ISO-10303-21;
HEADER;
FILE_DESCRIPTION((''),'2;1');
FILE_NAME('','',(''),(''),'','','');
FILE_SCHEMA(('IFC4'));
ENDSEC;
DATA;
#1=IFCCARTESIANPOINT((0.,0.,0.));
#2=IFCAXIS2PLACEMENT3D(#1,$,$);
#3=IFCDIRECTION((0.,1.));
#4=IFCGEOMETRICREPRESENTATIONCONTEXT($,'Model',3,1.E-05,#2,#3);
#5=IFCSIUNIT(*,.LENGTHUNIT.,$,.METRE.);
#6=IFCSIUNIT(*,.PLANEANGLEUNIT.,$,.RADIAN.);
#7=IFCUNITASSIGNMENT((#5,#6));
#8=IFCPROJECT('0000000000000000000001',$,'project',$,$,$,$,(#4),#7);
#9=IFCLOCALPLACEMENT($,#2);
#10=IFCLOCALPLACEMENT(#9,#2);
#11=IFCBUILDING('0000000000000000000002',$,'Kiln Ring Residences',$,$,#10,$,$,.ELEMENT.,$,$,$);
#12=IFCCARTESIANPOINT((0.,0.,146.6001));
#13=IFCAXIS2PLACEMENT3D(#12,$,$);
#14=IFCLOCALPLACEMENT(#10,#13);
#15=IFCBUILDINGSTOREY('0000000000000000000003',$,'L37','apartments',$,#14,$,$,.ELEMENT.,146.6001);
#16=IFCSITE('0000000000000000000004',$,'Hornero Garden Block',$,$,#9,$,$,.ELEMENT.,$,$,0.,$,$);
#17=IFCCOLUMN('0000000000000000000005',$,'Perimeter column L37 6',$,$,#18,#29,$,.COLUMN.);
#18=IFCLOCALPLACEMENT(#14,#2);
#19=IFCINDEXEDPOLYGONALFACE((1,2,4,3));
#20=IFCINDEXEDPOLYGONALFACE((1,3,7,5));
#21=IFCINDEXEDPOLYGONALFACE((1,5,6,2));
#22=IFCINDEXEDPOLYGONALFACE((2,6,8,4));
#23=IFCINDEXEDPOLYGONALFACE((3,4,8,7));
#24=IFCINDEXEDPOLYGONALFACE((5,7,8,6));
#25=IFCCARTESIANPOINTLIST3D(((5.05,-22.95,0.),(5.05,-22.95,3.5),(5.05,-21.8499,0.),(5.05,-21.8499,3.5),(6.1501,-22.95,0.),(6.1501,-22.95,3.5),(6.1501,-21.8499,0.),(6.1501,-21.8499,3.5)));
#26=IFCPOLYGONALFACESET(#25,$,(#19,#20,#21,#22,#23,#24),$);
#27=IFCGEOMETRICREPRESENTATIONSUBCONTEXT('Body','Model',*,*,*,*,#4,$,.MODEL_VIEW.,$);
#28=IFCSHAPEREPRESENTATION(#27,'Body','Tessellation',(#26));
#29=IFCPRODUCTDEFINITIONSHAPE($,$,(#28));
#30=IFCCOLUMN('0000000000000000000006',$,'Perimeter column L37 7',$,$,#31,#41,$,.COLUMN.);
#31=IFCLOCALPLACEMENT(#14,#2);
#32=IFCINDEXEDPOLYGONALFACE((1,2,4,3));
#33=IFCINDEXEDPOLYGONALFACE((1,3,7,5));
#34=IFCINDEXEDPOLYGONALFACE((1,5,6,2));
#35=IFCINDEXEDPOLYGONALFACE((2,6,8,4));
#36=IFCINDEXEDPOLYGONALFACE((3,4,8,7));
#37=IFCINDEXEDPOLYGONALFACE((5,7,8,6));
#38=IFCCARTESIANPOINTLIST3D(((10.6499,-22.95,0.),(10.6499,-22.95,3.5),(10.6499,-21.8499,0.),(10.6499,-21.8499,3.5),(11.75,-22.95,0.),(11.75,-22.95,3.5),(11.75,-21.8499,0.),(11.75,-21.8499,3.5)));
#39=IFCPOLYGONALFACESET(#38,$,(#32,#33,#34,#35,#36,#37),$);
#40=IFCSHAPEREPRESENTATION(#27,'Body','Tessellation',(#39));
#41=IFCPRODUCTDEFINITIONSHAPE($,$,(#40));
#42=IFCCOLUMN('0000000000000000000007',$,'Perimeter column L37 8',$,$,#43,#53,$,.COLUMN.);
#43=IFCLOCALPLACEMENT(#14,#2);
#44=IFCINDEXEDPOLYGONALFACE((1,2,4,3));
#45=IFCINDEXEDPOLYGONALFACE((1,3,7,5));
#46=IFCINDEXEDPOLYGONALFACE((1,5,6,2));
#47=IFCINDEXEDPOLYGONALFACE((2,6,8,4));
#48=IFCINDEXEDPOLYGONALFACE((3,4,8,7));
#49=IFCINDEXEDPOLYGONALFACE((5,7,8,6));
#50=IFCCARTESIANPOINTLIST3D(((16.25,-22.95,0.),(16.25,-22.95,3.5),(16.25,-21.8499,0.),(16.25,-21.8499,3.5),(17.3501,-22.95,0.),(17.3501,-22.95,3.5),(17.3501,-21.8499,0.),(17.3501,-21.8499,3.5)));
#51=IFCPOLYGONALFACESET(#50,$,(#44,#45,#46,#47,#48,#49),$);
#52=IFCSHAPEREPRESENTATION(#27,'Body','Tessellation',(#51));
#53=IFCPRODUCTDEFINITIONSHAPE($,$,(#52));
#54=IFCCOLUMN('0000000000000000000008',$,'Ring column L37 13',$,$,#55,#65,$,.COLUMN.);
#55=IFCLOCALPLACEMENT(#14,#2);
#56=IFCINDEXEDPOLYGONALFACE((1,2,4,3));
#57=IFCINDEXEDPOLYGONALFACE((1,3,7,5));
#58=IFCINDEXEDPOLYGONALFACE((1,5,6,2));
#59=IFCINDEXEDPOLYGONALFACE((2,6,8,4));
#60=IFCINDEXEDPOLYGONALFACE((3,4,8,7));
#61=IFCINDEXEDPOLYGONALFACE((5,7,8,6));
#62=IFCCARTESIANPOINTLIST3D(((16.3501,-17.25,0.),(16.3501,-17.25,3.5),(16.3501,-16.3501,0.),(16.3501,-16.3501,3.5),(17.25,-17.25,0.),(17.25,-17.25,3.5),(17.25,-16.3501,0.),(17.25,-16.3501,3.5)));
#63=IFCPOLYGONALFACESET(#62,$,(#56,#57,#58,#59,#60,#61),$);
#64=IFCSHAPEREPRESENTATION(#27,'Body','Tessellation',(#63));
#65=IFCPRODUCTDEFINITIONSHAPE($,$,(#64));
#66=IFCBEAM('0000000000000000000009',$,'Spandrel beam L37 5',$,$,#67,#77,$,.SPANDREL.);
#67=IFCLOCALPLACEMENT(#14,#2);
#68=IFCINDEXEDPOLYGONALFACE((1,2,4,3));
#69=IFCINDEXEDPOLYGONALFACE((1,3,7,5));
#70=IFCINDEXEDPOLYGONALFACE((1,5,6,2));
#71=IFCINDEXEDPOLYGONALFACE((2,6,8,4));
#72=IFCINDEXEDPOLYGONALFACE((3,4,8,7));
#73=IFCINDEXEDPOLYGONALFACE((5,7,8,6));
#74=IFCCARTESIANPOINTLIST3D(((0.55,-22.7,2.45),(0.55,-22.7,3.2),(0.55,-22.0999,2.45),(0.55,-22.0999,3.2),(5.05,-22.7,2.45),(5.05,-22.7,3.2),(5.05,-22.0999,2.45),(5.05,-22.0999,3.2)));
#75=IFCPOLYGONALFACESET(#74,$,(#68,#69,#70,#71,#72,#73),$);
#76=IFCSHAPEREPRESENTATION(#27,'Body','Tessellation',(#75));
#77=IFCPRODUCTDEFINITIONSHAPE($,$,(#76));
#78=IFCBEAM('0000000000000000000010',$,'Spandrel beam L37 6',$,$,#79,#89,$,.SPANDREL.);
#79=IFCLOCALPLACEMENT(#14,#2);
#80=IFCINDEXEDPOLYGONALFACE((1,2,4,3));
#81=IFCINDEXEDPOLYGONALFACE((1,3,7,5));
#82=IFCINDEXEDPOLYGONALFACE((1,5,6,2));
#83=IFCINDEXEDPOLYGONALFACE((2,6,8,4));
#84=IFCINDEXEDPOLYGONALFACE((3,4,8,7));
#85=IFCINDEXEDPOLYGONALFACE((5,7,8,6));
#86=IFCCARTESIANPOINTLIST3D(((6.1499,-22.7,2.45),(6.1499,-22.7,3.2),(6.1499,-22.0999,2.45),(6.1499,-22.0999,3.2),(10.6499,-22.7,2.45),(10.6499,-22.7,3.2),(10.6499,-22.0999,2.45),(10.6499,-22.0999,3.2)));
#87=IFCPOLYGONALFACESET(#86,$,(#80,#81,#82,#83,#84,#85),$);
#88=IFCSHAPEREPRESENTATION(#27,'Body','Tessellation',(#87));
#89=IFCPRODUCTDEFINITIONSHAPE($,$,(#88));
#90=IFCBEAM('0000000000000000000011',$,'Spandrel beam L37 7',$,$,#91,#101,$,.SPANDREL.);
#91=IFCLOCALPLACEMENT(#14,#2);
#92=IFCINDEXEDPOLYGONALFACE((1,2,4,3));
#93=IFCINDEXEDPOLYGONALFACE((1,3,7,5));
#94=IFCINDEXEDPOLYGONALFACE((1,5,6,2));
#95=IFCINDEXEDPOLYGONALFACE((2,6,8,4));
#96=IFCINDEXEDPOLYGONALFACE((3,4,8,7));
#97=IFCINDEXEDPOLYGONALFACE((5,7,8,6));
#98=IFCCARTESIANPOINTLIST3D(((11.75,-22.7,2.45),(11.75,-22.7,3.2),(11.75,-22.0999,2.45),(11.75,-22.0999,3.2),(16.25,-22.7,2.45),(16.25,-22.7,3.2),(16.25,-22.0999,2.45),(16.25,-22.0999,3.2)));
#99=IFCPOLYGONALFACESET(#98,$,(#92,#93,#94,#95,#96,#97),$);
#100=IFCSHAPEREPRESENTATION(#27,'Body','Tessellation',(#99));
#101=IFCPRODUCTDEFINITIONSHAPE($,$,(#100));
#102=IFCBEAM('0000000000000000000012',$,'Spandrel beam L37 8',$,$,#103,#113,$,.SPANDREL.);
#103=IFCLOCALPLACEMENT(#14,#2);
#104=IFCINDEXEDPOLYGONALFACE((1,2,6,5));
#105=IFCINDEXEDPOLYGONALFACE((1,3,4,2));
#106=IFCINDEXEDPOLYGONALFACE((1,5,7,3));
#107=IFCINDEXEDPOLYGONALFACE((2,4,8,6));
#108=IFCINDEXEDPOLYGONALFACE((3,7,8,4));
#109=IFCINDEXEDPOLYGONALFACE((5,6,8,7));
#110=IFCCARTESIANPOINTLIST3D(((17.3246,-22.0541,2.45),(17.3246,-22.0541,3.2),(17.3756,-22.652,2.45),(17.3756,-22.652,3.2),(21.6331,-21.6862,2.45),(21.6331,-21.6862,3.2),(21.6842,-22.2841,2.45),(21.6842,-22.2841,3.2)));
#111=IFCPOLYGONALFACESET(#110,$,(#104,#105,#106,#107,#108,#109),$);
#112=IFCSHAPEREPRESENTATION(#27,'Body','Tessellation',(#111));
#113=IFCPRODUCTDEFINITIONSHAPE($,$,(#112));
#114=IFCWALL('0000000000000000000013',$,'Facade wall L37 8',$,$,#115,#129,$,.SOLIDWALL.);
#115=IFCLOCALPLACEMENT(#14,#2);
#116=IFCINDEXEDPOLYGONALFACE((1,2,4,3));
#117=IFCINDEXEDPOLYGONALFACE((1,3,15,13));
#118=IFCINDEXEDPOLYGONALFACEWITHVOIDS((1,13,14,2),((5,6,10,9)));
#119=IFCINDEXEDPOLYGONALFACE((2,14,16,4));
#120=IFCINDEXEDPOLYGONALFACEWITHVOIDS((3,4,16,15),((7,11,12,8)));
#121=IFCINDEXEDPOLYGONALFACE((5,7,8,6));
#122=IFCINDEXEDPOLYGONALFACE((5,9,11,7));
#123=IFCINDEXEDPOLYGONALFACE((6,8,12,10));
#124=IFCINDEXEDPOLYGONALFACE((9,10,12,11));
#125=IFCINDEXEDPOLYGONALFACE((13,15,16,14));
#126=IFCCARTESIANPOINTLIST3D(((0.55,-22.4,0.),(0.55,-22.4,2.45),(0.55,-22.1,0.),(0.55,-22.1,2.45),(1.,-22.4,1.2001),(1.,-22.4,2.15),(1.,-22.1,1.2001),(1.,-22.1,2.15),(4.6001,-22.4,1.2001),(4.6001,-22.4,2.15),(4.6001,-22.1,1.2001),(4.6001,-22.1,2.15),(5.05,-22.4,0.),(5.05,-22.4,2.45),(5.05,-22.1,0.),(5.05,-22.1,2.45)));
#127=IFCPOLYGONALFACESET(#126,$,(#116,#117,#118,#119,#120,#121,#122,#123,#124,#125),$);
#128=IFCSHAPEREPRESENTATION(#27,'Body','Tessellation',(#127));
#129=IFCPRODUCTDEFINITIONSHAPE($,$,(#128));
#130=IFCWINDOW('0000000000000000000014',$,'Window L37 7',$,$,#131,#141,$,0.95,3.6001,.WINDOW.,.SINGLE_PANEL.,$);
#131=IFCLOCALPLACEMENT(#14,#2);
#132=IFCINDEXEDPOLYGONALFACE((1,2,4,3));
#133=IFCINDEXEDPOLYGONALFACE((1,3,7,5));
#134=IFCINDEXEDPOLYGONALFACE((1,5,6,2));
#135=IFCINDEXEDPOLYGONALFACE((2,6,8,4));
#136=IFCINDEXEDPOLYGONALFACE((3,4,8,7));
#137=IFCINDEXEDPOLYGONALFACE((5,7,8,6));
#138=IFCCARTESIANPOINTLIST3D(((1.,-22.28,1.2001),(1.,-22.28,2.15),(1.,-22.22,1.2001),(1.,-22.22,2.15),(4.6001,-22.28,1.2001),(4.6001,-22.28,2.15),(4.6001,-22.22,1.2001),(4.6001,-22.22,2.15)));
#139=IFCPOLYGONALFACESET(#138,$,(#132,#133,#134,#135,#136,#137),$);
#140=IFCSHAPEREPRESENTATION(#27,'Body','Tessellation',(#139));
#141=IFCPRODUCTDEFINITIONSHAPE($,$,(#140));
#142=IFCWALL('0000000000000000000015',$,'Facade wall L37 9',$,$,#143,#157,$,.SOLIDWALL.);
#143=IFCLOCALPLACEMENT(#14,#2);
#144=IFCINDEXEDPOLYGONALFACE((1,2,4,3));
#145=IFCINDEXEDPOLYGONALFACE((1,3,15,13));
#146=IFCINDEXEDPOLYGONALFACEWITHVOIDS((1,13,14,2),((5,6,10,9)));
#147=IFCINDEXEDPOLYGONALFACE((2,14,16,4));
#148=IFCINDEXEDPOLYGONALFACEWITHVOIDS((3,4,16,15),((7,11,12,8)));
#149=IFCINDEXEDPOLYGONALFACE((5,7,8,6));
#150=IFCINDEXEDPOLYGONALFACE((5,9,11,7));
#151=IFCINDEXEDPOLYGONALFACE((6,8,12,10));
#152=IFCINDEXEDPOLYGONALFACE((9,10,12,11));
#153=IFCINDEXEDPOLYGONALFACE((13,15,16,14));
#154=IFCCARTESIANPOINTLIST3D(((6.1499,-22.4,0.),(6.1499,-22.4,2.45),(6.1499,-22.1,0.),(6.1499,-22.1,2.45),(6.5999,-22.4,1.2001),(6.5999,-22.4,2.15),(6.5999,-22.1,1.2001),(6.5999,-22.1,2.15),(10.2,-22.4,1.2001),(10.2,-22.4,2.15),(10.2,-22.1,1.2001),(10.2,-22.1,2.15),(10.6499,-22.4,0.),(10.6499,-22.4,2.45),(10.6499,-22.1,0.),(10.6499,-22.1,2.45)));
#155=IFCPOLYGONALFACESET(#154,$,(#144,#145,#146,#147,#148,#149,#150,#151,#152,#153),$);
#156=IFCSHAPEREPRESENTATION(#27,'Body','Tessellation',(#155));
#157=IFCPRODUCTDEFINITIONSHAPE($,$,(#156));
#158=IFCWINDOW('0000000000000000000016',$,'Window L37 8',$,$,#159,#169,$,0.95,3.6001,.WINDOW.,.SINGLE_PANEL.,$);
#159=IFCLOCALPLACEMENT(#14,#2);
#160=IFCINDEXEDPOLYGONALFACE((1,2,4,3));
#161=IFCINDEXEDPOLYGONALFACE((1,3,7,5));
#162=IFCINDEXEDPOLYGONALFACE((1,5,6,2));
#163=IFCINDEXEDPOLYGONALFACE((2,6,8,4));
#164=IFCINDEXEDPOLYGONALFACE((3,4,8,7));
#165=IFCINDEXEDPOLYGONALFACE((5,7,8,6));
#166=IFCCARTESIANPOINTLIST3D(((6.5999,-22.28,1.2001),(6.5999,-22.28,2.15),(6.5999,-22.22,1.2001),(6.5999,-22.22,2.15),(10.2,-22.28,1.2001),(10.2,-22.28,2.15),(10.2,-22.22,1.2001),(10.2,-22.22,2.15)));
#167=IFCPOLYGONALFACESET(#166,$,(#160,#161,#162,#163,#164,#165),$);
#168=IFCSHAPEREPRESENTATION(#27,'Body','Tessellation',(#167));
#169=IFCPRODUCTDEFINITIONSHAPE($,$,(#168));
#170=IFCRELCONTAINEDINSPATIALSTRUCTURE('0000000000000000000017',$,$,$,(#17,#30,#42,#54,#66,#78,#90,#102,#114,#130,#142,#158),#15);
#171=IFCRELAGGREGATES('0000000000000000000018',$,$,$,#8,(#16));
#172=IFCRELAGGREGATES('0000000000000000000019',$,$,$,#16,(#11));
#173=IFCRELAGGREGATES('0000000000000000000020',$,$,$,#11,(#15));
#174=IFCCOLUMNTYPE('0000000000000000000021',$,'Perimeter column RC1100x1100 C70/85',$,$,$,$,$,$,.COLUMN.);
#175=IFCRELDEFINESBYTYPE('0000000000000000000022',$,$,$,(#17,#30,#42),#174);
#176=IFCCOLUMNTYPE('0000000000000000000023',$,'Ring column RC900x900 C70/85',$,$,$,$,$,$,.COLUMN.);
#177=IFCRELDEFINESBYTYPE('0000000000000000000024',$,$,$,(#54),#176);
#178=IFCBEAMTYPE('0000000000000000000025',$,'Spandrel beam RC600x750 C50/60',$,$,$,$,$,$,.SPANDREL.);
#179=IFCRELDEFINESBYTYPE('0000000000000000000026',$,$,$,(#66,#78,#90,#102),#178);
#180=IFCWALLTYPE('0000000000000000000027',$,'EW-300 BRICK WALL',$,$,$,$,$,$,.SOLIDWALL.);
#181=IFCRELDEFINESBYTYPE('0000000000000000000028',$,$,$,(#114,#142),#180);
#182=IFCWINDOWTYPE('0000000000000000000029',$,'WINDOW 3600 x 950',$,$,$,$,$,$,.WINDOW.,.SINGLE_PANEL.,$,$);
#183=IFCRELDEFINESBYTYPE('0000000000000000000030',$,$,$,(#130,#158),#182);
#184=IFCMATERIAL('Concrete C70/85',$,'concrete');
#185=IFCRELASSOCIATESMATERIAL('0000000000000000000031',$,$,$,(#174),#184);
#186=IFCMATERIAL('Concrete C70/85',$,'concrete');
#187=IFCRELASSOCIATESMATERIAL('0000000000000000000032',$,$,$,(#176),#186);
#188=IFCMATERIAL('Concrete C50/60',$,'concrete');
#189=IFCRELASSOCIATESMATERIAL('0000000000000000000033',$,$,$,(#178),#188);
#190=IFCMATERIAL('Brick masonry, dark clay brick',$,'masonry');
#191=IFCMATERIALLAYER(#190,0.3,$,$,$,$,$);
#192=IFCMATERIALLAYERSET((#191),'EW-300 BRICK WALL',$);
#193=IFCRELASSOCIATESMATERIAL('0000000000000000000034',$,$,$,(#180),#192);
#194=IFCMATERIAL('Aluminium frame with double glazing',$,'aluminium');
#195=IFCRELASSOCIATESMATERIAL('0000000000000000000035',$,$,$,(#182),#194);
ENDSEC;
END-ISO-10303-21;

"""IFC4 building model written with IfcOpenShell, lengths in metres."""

from ifc_helpers import new_model, si_unit, direction, frame, frame_2d, origin, origin_2d, place, context, subcontext, project, spatial, rectangle, extrude, material, layer, layer_set, material_profile, profile_set, type_object, element, fill, save


model = new_model("IFC4")

# Units and contexts
model_context = context("Model", 3, precision=1e-05, world=origin(), true_north=direction((0.0, 1.0)))
body_context = subcontext(model_context, "Body", "Model", "MODEL_VIEW")
ifc_project = project(units=[si_unit("LENGTHUNIT", "METRE"), si_unit("PLANEANGLEUNIT", "RADIAN")], contexts=[model_context])

# Site, building, storey
site_placement = place(None, origin())
site = spatial("IfcSite", under=ifc_project, at=site_placement, Name="Hornero Garden Block", CompositionType="ELEMENT", RefElevation=0.0)
building_placement = place(site_placement, origin())
building = spatial("IfcBuilding", under=site, at=building_placement, Name="Kiln Ring Residences", CompositionType="ELEMENT")
storey_placement = place(building_placement, frame((0.0, 0.0, 146.6001)))
storey = spatial("IfcBuildingStorey", under=building, at=storey_placement, Name="L37", Description="apartments", CompositionType="ELEMENT", Elevation=146.6001)

# Columns
ifc_material_1 = material(Name="Concrete C70/85", Category="concrete")
ifc_material_profile_1 = material_profile(ifc_material_1, rectangle(XDim=1.1001, YDim=1.1001, at=origin_2d()), Name="RC1100x1100")
ifc_profile_set_1 = profile_set([ifc_material_profile_1], Name="Concrete C70/85")
column_type_1 = type_object("IfcColumnType", Name="Perimeter column RC1100x1100 C70/85", PredefinedType="COLUMN", material=ifc_profile_set_1)
for number, where, z_axis, x_axis, name in (
    (1, (5.6001, -22.3999, 0.0), (0.0, 0.0, 1.0), (1.0, 0.0, 0.0), "Perimeter column L37 6"),
    (2, (11.2, -22.3999, 0.0), (0.0, 0.0, 1.0), (1.0, 0.0, 0.0), "Perimeter column L37 7"),
    (3, (16.8, -22.3999, 0.0), (0.0, 0.0, 1.0), (1.0, 0.0, 0.0), "Perimeter column L37 8"),
):
    element("IfcColumn", number, at=place(storey_placement, frame(where, z_axis=z_axis, x_axis=x_axis)), inside=storey, type_object=column_type_1, Name=name, PredefinedType="COLUMN", context=body_context, shape_type="SweptSolid", body=[
        extrude(rectangle(XDim=1.1001, YDim=1.1001, at=origin_2d()), origin(), (0.0, 0.0, 1.0), 3.5),
    ])
ifc_material_2 = material(Name="Concrete C70/85", Category="concrete")
ifc_material_profile_2 = material_profile(ifc_material_2, rectangle(XDim=0.8999, YDim=0.8999, at=origin_2d()), Name="RC900x900")
ifc_profile_set_2 = profile_set([ifc_material_profile_2], Name="Concrete C70/85")
column_type_2 = type_object("IfcColumnType", Name="Ring column RC900x900 C70/85", PredefinedType="COLUMN", material=ifc_profile_set_2)
column_placement = place(storey_placement, frame((16.8, -16.8, 0.0), z_axis=(0.0, 0.0, 1.0), x_axis=(1.0, 0.0, 0.0)))
element("IfcColumn", 4, at=column_placement, inside=storey, type_object=column_type_2, Name="Ring column L37 13", PredefinedType="COLUMN", context=body_context, shape_type="SweptSolid", body=[
    extrude(rectangle(XDim=0.8999, YDim=0.8999, at=origin_2d()), origin(), (0.0, 0.0, 1.0), 3.5),
])

# Beams
ifc_material_3 = material(Name="Concrete C50/60", Category="concrete")
ifc_material_profile_3 = material_profile(ifc_material_3, rectangle(XDim=0.6001, YDim=0.75, at=origin_2d()), Name="RC600x750")
ifc_profile_set_3 = profile_set([ifc_material_profile_3], Name="Concrete C50/60")
beam_type = type_object("IfcBeamType", Name="Spandrel beam RC600x750 C50/60", PredefinedType="SPANDREL", material=ifc_profile_set_3)
for number, where, z_axis, x_axis, name in (
    (5, (0.55, -22.3999, 2.825), (1.0, 0.0, 0.0), (0.0, 1.0, 0.0), "Spandrel beam L37 5"),
    (6, (6.1499, -22.3999, 2.825), (1.0, 0.0, 0.0), (0.0, 1.0, 0.0), "Spandrel beam L37 6"),
    (7, (11.75, -22.3999, 2.825), (1.0, 0.0, 0.0), (0.0, 1.0, 0.0), "Spandrel beam L37 7"),
):
    element("IfcBeam", number, at=place(storey_placement, frame(where, z_axis=z_axis, x_axis=x_axis)), inside=storey, type_object=beam_type, Name=name, PredefinedType="SPANDREL", context=body_context, shape_type="SweptSolid", body=[
        extrude(rectangle(XDim=0.6001, YDim=0.75, at=origin_2d()), origin(), (0.0, 0.0, 1.0), 4.5),
    ])
beam_placement = place(storey_placement, frame((17.3501, -22.353, 2.825), z_axis=(0.996374, 0.085082, 0.0), x_axis=(-0.085082, 0.996374, 0.0)))
element("IfcBeam", 8, at=beam_placement, inside=storey, type_object=beam_type, Name="Spandrel beam L37 8", PredefinedType="SPANDREL", context=body_context, shape_type="SweptSolid", body=[
    extrude(rectangle(XDim=0.6001, YDim=0.75, at=origin_2d()), origin(), (0.0, 0.0, 1.0), 4.3242),
])

# Walls, openings, windows
ifc_material_4 = material(Name="Brick masonry, dark clay brick", Category="masonry")
ifc_layer_1 = layer(ifc_material_4, 0.3)
ifc_layer_set_1 = layer_set([ifc_layer_1], Name="EW-300 BRICK WALL")
wall_type_1 = type_object("IfcWallType", Name="EW-300 BRICK WALL", PredefinedType="SOLIDWALL", material=ifc_layer_set_1)
wall_1_placement = place(storey_placement, frame((0.55, -22.25, 0.0), z_axis=(0.0, 0.0, 1.0), x_axis=(1.0, 0.0, 0.0)))
wall_1 = element("IfcWall", 9, at=wall_1_placement, inside=storey, type_object=wall_type_1, Name="Facade wall L37 8", PredefinedType="SOLIDWALL", context=body_context, shape_type="SweptSolid", body=[
    extrude(rectangle(XDim=4.5, YDim=0.3, at=frame_2d((2.25, 0.0))), origin(), (0.0, 0.0, 1.0), 2.45),
])
opening_1_placement = place(wall_1_placement, frame((0.45, 0.0, 1.2)))
opening_1 = element("IfcOpeningElement", 10, at=opening_1_placement, cuts=wall_1, PredefinedType="OPENING", context=body_context, shape_type="SweptSolid", body=[
    extrude(rectangle(XDim=3.6001, YDim=0.95, at=frame_2d((1.8, 0.4751))), frame((0.0, 0.1599, 0.0), z_axis=(0.0, -1.0, 0.0), x_axis=(1.0, 0.0, 0.0)), (0.0, 0.0, 1.0), 0.3201),
])
ifc_material_5 = material(Name="Aluminium frame with double glazing", Category="aluminium")
window_type_1 = type_object("IfcWindowType", Name="WINDOW 3600 x 950", PartitioningType="SINGLE_PANEL", PredefinedType="WINDOW", material=ifc_material_5)
window_1_placement = place(opening_1_placement, origin())
window_1 = element("IfcWindow", 11, at=window_1_placement, inside=storey, type_object=window_type_1, Name="Window L37 7", OverallHeight=0.95, OverallWidth=3.6001, PartitioningType="SINGLE_PANEL", PredefinedType="WINDOW", context=body_context, shape_type="SweptSolid", body=[
    extrude(rectangle(XDim=3.6001, YDim=0.95, at=frame_2d((1.8, 0.4751))), frame((0.0, 0.03, 0.0), z_axis=(0.0, -1.0, 0.0), x_axis=(1.0, 0.0, 0.0)), (0.0, 0.0, 1.0), 0.0601),
])
fill(opening_1, window_1)
wall_2_placement = place(storey_placement, frame((6.1499, -22.25, 0.0), z_axis=(0.0, 0.0, 1.0), x_axis=(1.0, 0.0, 0.0)))
wall_2 = element("IfcWall", 12, at=wall_2_placement, inside=storey, type_object=wall_type_1, Name="Facade wall L37 9", PredefinedType="SOLIDWALL", context=body_context, shape_type="SweptSolid", body=[
    extrude(rectangle(XDim=4.5, YDim=0.3, at=frame_2d((2.25, 0.0))), origin(), (0.0, 0.0, 1.0), 2.45),
])
opening_2_placement = place(wall_2_placement, frame((0.45, 0.0, 1.2)))
opening_2 = element("IfcOpeningElement", 13, at=opening_2_placement, cuts=wall_2, PredefinedType="OPENING", context=body_context, shape_type="SweptSolid", body=[
    extrude(rectangle(XDim=3.6001, YDim=0.95, at=frame_2d((1.8, 0.4751))), frame((0.0, 0.1599, 0.0), z_axis=(0.0, -1.0, 0.0), x_axis=(1.0, 0.0, 0.0)), (0.0, 0.0, 1.0), 0.3201),
])
window_2_placement = place(opening_2_placement, origin())
window_2 = element("IfcWindow", 14, at=window_2_placement, inside=storey, type_object=window_type_1, Name="Window L37 8", OverallHeight=0.95, OverallWidth=3.6001, PartitioningType="SINGLE_PANEL", PredefinedType="WINDOW", context=body_context, shape_type="SweptSolid", body=[
    extrude(rectangle(XDim=3.6001, YDim=0.95, at=frame_2d((1.8, 0.4751))), frame((0.0, 0.03, 0.0), z_axis=(0.0, -1.0, 0.0), x_axis=(1.0, 0.0, 0.0)), (0.0, 0.0, 1.0), 0.0601),
])
fill(opening_2, window_2)

save(model, "model.ifc")
